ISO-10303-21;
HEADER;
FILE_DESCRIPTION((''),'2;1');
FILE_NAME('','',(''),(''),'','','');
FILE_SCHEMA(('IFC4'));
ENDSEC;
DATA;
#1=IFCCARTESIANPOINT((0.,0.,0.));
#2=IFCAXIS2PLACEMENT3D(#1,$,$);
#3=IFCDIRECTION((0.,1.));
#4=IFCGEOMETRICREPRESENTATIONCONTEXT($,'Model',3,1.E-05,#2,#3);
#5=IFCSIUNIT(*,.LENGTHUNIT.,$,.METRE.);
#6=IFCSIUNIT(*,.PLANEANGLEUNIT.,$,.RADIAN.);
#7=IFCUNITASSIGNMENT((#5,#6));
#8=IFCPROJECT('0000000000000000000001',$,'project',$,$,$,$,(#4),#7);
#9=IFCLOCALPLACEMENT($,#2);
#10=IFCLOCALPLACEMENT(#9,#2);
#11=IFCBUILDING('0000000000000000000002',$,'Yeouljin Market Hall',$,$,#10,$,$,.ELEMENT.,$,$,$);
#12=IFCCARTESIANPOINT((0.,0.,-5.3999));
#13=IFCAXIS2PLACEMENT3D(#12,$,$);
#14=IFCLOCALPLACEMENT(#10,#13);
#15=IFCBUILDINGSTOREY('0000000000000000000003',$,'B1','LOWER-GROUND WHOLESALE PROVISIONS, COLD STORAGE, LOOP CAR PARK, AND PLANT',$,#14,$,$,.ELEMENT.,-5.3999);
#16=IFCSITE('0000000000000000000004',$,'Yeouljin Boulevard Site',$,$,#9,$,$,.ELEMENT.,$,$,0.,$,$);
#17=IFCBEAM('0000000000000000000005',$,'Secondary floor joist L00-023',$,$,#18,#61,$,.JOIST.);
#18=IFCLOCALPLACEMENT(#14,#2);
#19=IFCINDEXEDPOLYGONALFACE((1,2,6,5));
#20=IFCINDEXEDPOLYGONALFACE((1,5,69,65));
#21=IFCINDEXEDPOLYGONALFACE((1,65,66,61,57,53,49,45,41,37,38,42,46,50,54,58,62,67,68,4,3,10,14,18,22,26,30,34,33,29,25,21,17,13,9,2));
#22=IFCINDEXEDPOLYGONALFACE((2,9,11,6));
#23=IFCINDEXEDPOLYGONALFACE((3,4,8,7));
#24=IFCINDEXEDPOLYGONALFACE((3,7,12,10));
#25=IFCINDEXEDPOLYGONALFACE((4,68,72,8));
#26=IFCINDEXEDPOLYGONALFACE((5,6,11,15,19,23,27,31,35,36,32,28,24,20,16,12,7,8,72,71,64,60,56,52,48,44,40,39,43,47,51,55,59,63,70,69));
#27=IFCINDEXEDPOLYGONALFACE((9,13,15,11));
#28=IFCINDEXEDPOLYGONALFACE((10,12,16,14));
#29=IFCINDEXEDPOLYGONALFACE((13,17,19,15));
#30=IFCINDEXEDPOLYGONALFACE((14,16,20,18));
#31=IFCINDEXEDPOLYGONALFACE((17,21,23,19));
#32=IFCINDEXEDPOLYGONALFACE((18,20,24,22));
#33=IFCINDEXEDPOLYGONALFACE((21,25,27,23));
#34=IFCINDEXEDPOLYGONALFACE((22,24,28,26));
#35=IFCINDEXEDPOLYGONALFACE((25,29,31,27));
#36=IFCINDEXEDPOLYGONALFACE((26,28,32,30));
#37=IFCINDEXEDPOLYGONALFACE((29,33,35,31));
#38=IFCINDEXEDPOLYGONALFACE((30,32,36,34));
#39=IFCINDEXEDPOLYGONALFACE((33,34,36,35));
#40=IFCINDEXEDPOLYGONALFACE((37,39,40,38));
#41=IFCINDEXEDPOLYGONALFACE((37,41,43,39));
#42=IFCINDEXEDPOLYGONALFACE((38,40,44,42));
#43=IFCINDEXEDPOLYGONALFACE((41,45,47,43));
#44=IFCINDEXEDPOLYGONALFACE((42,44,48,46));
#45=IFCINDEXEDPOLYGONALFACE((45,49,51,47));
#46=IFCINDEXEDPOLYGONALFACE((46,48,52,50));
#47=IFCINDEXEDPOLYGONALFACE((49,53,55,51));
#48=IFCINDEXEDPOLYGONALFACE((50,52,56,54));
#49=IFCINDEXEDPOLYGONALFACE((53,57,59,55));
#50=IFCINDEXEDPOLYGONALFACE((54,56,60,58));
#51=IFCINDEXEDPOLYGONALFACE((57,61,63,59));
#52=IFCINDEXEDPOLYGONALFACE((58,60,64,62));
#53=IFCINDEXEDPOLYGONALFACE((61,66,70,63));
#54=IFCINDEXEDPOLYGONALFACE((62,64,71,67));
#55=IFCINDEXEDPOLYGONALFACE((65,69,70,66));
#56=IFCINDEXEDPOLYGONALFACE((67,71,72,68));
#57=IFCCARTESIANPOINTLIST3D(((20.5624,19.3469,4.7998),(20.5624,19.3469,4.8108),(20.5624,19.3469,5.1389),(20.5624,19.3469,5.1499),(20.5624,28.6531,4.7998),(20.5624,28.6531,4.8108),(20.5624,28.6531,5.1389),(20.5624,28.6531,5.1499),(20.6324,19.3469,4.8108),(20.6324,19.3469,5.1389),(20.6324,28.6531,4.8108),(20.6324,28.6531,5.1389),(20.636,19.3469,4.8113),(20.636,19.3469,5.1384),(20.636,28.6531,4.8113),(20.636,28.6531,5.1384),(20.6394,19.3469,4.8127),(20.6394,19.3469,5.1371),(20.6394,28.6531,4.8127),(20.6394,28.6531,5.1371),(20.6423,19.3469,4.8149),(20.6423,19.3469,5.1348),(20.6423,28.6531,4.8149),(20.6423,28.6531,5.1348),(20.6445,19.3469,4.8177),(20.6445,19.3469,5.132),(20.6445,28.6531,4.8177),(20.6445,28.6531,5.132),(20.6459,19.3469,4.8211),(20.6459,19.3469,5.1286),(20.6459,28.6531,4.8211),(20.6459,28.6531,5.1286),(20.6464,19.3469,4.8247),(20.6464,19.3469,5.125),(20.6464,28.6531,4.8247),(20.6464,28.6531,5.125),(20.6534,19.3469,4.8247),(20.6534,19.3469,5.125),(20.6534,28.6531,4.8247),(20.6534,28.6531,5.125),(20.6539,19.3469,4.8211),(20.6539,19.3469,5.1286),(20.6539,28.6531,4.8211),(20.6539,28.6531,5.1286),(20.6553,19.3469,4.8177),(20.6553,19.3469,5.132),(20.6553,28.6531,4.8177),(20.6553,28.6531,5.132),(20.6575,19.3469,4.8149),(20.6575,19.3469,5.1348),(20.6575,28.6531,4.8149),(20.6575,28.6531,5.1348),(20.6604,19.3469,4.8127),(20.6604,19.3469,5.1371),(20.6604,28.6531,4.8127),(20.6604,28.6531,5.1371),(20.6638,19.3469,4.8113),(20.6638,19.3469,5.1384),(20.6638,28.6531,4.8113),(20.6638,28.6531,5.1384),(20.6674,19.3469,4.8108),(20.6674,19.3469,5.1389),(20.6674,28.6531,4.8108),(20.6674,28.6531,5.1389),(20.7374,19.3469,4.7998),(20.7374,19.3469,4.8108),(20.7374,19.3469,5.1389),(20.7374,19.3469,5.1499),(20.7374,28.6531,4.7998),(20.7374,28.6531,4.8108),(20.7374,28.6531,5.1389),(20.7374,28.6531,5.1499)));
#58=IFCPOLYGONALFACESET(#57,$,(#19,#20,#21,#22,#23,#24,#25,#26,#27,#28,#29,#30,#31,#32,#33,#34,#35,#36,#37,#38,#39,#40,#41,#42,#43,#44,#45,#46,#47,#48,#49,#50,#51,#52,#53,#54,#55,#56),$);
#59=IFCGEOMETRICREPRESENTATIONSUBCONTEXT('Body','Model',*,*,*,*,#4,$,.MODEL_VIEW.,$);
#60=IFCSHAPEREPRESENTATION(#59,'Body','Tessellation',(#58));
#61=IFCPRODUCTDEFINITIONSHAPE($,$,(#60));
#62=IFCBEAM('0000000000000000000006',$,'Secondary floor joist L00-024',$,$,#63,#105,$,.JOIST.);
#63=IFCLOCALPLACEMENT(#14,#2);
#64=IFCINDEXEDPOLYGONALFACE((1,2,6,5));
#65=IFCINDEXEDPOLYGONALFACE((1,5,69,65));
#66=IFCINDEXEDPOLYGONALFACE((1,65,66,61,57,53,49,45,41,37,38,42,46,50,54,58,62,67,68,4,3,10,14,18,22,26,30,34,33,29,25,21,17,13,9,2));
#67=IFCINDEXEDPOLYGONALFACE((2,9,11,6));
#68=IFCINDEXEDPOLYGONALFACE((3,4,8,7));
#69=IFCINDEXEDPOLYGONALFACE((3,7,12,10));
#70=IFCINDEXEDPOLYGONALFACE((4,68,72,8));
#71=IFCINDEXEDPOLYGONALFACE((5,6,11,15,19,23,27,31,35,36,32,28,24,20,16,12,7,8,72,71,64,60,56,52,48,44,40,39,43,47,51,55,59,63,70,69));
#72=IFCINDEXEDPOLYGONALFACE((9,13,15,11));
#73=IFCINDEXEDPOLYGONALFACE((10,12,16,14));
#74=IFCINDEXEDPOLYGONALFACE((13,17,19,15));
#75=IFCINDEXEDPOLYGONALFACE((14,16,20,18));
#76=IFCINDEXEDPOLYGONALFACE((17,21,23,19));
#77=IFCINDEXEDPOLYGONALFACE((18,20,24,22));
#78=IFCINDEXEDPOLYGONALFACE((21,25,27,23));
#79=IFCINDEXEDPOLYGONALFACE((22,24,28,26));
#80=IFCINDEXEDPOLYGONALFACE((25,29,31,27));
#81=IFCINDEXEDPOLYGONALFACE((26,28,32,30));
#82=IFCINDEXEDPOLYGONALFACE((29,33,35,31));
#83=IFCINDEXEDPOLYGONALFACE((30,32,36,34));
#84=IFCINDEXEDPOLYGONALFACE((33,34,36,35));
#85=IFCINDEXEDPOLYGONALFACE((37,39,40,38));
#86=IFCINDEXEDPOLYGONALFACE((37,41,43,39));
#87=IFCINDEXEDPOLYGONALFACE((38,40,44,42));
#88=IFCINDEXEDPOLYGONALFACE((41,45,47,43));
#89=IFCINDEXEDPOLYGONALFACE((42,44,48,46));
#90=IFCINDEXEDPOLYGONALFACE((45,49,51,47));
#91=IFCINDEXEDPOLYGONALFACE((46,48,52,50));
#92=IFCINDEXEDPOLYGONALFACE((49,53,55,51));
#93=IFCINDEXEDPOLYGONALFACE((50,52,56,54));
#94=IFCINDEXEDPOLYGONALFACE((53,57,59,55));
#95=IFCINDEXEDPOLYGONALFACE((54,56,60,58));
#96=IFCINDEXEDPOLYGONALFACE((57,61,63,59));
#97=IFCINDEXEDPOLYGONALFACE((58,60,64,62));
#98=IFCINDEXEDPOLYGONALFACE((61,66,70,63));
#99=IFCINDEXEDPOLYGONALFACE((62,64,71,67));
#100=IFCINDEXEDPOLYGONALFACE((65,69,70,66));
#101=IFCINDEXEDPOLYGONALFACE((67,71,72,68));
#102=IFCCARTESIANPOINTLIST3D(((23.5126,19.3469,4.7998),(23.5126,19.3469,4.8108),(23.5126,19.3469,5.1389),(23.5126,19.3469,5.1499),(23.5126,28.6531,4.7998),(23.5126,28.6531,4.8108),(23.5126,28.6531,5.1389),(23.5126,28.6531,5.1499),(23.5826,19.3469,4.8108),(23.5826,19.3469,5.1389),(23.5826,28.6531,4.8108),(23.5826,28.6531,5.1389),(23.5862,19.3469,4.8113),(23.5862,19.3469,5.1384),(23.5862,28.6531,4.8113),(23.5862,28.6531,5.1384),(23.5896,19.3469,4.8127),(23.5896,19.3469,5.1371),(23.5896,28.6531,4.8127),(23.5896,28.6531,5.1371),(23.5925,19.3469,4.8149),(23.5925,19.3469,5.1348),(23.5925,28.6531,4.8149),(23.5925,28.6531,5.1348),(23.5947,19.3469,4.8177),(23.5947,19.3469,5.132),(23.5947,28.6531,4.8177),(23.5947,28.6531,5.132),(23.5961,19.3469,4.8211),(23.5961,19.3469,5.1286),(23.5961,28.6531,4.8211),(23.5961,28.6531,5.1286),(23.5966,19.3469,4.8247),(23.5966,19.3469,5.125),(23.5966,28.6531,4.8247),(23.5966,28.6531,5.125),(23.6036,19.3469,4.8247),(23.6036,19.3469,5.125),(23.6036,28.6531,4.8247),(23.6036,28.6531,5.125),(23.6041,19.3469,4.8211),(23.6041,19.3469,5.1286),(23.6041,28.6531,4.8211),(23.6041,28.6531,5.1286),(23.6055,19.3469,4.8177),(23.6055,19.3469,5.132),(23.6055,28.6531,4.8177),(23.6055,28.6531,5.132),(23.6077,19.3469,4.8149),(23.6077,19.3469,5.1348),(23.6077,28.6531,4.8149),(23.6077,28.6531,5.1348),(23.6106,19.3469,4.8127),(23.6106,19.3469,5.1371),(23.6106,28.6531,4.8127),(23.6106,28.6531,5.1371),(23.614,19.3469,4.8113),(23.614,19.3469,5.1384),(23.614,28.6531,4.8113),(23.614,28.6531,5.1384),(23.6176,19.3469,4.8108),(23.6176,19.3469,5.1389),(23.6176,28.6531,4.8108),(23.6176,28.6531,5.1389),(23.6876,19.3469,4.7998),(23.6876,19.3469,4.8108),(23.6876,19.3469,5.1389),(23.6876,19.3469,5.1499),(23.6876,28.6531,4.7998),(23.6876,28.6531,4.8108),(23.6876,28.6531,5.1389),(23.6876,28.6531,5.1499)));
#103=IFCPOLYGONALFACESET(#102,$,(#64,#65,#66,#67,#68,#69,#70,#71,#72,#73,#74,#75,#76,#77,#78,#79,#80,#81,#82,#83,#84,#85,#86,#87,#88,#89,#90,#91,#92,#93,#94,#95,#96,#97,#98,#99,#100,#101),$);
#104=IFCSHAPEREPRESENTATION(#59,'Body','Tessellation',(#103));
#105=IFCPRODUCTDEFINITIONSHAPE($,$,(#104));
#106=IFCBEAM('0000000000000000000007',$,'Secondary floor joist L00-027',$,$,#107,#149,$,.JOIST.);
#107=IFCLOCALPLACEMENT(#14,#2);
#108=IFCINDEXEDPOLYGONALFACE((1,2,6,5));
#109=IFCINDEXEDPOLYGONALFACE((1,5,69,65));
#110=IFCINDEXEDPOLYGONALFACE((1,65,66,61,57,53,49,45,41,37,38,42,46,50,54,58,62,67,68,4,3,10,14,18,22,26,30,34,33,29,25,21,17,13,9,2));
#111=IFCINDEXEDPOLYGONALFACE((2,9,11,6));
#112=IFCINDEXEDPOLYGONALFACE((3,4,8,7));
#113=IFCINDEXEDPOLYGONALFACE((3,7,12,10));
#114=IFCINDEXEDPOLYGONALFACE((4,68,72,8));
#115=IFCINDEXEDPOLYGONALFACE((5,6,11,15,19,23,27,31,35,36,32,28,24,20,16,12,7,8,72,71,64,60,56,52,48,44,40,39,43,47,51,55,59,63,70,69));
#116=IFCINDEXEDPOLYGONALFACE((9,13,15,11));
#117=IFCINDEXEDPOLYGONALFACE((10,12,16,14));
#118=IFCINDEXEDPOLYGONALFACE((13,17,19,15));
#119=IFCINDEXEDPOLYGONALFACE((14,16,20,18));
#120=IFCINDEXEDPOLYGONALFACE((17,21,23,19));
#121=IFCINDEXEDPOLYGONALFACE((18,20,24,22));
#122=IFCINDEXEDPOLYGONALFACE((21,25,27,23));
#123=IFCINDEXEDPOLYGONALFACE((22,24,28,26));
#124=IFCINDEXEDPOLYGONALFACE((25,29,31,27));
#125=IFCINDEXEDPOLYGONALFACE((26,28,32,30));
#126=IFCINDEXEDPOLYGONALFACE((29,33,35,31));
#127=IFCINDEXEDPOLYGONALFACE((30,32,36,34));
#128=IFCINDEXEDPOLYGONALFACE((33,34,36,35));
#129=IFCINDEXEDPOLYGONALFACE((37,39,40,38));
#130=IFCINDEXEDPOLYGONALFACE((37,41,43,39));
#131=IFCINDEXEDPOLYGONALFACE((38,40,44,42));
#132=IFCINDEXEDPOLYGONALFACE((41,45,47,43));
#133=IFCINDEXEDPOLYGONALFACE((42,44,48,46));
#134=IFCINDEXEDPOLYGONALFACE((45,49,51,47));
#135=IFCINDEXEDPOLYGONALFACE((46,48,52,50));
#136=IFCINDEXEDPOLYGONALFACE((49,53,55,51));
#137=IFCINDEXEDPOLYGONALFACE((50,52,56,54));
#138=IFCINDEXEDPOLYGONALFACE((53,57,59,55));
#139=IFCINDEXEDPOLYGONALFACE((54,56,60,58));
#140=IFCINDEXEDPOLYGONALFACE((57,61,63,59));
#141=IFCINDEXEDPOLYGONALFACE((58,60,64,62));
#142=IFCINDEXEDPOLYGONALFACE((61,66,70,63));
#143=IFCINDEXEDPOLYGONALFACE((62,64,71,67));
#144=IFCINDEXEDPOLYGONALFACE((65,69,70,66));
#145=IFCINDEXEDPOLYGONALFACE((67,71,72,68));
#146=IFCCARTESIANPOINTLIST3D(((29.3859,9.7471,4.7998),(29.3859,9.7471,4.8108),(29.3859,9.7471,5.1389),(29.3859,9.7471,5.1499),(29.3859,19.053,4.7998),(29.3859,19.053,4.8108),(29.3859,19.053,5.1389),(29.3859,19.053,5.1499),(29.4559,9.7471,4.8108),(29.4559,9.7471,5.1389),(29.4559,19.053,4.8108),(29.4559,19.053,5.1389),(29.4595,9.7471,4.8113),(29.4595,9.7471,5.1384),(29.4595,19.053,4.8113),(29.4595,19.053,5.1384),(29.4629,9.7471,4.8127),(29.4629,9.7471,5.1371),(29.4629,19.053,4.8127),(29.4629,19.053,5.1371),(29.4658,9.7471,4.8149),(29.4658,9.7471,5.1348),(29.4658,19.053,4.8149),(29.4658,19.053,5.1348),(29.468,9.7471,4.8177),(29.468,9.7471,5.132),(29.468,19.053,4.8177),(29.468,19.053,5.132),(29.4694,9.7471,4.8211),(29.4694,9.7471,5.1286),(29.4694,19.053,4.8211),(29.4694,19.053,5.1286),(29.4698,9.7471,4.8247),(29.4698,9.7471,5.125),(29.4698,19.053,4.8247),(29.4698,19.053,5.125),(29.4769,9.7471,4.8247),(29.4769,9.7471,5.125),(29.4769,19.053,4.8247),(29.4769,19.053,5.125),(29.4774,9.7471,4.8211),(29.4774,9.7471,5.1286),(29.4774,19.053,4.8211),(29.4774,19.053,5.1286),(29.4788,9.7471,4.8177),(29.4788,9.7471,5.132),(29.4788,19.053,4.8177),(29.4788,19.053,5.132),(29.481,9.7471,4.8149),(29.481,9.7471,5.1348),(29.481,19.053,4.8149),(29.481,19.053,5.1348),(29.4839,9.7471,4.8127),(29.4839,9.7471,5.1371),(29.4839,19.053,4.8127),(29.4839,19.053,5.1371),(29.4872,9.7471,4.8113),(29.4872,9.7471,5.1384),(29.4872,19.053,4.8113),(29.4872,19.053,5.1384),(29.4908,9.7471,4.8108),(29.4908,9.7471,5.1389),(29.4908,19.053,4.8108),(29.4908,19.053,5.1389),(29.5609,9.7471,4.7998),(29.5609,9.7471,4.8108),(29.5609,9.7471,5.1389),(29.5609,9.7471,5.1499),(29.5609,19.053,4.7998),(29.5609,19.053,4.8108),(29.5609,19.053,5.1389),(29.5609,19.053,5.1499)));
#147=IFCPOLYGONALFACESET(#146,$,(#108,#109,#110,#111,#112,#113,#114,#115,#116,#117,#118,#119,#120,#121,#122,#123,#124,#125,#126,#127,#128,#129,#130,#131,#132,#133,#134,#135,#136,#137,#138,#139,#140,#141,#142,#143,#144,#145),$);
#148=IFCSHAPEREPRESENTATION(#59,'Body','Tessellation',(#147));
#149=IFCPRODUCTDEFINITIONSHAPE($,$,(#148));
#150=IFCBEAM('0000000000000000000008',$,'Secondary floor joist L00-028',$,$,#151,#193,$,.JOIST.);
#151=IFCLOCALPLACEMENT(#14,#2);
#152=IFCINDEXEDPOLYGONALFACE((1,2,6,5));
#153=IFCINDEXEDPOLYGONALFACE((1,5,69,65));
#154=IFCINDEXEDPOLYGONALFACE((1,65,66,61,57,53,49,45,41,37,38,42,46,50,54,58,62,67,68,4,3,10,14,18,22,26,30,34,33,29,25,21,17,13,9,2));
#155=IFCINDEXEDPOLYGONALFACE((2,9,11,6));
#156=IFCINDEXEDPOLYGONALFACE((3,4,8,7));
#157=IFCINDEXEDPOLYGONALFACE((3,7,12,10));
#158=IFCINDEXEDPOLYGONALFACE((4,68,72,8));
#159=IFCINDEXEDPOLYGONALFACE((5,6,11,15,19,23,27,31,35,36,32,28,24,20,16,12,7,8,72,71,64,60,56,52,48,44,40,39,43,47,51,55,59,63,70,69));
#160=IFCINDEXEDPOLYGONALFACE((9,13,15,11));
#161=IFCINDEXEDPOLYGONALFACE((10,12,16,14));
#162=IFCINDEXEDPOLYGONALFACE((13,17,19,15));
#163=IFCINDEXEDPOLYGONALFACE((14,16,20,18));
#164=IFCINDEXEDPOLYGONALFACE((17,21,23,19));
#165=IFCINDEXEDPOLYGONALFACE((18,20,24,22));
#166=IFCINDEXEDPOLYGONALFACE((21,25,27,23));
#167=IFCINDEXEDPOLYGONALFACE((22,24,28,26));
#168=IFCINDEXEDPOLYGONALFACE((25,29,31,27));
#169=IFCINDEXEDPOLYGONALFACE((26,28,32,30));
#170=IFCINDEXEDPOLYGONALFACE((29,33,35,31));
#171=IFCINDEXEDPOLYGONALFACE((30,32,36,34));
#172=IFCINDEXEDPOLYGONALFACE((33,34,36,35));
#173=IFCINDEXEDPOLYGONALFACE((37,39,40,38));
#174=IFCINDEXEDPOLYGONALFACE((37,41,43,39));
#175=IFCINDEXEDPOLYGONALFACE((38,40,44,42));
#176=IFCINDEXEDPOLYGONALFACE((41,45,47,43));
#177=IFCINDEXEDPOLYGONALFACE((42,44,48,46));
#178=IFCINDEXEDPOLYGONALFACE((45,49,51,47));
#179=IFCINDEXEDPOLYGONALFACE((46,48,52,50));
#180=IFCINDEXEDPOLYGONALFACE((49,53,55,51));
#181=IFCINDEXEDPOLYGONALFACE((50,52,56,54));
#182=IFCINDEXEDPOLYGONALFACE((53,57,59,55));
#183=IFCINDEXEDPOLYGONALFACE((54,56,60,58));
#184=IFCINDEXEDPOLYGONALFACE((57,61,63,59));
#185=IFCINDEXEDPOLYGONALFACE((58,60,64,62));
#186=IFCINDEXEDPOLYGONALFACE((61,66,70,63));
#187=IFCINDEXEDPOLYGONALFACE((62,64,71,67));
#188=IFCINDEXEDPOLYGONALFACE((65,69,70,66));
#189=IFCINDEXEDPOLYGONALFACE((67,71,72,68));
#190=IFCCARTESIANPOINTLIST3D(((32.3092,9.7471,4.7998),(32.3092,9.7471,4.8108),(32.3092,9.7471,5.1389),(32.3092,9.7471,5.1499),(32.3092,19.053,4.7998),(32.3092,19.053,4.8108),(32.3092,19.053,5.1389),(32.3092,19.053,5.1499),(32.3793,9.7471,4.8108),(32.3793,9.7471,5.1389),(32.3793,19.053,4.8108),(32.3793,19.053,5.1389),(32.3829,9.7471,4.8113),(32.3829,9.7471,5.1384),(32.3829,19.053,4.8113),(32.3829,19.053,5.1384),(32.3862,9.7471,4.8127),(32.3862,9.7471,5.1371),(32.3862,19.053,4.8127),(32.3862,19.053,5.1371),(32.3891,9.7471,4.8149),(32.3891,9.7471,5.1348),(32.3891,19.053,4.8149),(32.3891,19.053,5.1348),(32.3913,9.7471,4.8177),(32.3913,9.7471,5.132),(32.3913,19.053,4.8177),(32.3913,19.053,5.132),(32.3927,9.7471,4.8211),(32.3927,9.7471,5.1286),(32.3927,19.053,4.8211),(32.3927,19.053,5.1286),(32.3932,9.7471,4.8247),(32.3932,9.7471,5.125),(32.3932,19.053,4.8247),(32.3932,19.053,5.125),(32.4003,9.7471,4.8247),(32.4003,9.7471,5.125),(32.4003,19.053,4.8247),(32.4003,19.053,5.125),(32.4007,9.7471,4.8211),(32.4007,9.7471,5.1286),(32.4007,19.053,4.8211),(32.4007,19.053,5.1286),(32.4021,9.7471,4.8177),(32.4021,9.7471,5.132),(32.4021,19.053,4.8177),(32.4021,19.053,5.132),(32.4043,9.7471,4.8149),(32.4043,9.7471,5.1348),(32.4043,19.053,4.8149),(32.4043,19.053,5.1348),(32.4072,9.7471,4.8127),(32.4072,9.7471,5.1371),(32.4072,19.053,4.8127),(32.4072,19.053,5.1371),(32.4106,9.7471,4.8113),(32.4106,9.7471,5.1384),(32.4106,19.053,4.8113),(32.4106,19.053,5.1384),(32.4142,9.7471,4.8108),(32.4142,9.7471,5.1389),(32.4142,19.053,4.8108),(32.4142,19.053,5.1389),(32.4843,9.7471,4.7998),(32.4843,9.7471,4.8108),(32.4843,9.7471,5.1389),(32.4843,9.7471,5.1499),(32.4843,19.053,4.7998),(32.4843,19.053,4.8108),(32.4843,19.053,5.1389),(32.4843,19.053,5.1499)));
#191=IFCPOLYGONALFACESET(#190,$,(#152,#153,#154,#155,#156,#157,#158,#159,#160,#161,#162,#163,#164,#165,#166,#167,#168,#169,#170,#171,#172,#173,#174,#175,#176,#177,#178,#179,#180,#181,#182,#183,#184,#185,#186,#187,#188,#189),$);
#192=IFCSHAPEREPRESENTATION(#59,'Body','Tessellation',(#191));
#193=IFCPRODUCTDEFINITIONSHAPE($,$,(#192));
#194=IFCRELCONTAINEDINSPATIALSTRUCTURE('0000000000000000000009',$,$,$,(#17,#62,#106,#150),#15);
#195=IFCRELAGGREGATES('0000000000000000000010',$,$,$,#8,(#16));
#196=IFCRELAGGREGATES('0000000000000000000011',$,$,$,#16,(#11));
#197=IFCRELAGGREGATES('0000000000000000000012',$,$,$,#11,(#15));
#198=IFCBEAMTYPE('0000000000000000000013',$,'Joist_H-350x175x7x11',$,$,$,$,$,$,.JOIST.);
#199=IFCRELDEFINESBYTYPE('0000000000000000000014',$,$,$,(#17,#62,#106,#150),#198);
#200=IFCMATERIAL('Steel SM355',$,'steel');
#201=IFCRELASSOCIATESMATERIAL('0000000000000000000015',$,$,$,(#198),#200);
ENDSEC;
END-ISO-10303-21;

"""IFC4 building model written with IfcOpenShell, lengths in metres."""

from ifc_helpers import new_model, si_unit, direction, frame, origin, origin_2d, place, context, subcontext, project, spatial, i_section, extrude, material, material_profile, profile_set, type_object, element, save


model = new_model("IFC4")

# Units and contexts
model_context = context("Model", 3, precision=1e-05, world=origin(), true_north=direction((0.0, 1.0)))
body_context = subcontext(model_context, "Body", "Model", "MODEL_VIEW")
ifc_project = project(units=[si_unit("LENGTHUNIT", "METRE"), si_unit("PLANEANGLEUNIT", "RADIAN")], contexts=[model_context])

# Site, building, storey
site_placement = place(None, origin())
site = spatial("IfcSite", under=ifc_project, at=site_placement, Name="Yeouljin Boulevard Site", CompositionType="ELEMENT", RefElevation=0.0)
building_placement = place(site_placement, origin())
building = spatial("IfcBuilding", under=site, at=building_placement, Name="Yeouljin Market Hall", CompositionType="ELEMENT")
storey_placement = place(building_placement, frame((0.0, 0.0, -5.3999)))
storey = spatial("IfcBuildingStorey", under=building, at=storey_placement, Name="B1", Description="LOWER-GROUND WHOLESALE PROVISIONS, COLD STORAGE, LOOP CAR PARK, AND PLANT", CompositionType="ELEMENT", Elevation=-5.3999)

# Beams
ifc_material_1 = material(Name="Steel SM355", Category="steel")
ifc_material_profile_1 = material_profile(ifc_material_1, i_section(OverallWidth=0.175, OverallDepth=0.3501, WebThickness=0.0071, FlangeThickness=0.011, FilletRadius=0.0139, at=origin_2d()), Name="H-350x175x7x11")
ifc_profile_set_1 = profile_set([ifc_material_profile_1], Name="Steel SM355")
beam_type_1 = type_object("IfcBeamType", Name="Joist_H-350x175x7x11", PredefinedType="JOIST", material=ifc_profile_set_1)
for number, where, z_axis, x_axis, name in (
    (1, (20.6499, 19.3469, 4.9749), (0.0, 1.0, 0.0), (-1.0, 0.0, 0.0), "Secondary floor joist L00-023"),
    (2, (23.6001, 19.3469, 4.9749), (0.0, 1.0, 0.0), (-1.0, 0.0, 0.0), "Secondary floor joist L00-024"),
):
    element("IfcBeam", number, at=place(storey_placement, frame(where, z_axis=z_axis, x_axis=x_axis)), inside=storey, type_object=beam_type_1, Name=name, PredefinedType="JOIST", context=body_context, shape_type="SweptSolid", body=[
        extrude(i_section(OverallWidth=0.175, OverallDepth=0.3501, WebThickness=0.0071, FlangeThickness=0.011, FilletRadius=0.0139, at=origin_2d()), origin(), (0.0, 0.0, 1.0), 9.3062),
    ])
for number, where, z_axis, x_axis, name in (
    (3, (29.4734, 9.7471, 4.9749), (0.0, 1.0, 0.0), (-1.0, 0.0, 0.0), "Secondary floor joist L00-027"),
    (4, (32.3967, 9.7471, 4.9749), (0.0, 1.0, 0.0), (-1.0, 0.0, 0.0), "Secondary floor joist L00-028"),
):
    element("IfcBeam", number, at=place(storey_placement, frame(where, z_axis=z_axis, x_axis=x_axis)), inside=storey, type_object=beam_type_1, Name=name, PredefinedType="JOIST", context=body_context, shape_type="SweptSolid", body=[
        extrude(i_section(OverallWidth=0.175, OverallDepth=0.3501, WebThickness=0.0071, FlangeThickness=0.011, FilletRadius=0.0139, at=origin_2d()), origin(), (0.0, 0.0, 1.0), 9.3059),
    ])

save(model, "model.ifc")
